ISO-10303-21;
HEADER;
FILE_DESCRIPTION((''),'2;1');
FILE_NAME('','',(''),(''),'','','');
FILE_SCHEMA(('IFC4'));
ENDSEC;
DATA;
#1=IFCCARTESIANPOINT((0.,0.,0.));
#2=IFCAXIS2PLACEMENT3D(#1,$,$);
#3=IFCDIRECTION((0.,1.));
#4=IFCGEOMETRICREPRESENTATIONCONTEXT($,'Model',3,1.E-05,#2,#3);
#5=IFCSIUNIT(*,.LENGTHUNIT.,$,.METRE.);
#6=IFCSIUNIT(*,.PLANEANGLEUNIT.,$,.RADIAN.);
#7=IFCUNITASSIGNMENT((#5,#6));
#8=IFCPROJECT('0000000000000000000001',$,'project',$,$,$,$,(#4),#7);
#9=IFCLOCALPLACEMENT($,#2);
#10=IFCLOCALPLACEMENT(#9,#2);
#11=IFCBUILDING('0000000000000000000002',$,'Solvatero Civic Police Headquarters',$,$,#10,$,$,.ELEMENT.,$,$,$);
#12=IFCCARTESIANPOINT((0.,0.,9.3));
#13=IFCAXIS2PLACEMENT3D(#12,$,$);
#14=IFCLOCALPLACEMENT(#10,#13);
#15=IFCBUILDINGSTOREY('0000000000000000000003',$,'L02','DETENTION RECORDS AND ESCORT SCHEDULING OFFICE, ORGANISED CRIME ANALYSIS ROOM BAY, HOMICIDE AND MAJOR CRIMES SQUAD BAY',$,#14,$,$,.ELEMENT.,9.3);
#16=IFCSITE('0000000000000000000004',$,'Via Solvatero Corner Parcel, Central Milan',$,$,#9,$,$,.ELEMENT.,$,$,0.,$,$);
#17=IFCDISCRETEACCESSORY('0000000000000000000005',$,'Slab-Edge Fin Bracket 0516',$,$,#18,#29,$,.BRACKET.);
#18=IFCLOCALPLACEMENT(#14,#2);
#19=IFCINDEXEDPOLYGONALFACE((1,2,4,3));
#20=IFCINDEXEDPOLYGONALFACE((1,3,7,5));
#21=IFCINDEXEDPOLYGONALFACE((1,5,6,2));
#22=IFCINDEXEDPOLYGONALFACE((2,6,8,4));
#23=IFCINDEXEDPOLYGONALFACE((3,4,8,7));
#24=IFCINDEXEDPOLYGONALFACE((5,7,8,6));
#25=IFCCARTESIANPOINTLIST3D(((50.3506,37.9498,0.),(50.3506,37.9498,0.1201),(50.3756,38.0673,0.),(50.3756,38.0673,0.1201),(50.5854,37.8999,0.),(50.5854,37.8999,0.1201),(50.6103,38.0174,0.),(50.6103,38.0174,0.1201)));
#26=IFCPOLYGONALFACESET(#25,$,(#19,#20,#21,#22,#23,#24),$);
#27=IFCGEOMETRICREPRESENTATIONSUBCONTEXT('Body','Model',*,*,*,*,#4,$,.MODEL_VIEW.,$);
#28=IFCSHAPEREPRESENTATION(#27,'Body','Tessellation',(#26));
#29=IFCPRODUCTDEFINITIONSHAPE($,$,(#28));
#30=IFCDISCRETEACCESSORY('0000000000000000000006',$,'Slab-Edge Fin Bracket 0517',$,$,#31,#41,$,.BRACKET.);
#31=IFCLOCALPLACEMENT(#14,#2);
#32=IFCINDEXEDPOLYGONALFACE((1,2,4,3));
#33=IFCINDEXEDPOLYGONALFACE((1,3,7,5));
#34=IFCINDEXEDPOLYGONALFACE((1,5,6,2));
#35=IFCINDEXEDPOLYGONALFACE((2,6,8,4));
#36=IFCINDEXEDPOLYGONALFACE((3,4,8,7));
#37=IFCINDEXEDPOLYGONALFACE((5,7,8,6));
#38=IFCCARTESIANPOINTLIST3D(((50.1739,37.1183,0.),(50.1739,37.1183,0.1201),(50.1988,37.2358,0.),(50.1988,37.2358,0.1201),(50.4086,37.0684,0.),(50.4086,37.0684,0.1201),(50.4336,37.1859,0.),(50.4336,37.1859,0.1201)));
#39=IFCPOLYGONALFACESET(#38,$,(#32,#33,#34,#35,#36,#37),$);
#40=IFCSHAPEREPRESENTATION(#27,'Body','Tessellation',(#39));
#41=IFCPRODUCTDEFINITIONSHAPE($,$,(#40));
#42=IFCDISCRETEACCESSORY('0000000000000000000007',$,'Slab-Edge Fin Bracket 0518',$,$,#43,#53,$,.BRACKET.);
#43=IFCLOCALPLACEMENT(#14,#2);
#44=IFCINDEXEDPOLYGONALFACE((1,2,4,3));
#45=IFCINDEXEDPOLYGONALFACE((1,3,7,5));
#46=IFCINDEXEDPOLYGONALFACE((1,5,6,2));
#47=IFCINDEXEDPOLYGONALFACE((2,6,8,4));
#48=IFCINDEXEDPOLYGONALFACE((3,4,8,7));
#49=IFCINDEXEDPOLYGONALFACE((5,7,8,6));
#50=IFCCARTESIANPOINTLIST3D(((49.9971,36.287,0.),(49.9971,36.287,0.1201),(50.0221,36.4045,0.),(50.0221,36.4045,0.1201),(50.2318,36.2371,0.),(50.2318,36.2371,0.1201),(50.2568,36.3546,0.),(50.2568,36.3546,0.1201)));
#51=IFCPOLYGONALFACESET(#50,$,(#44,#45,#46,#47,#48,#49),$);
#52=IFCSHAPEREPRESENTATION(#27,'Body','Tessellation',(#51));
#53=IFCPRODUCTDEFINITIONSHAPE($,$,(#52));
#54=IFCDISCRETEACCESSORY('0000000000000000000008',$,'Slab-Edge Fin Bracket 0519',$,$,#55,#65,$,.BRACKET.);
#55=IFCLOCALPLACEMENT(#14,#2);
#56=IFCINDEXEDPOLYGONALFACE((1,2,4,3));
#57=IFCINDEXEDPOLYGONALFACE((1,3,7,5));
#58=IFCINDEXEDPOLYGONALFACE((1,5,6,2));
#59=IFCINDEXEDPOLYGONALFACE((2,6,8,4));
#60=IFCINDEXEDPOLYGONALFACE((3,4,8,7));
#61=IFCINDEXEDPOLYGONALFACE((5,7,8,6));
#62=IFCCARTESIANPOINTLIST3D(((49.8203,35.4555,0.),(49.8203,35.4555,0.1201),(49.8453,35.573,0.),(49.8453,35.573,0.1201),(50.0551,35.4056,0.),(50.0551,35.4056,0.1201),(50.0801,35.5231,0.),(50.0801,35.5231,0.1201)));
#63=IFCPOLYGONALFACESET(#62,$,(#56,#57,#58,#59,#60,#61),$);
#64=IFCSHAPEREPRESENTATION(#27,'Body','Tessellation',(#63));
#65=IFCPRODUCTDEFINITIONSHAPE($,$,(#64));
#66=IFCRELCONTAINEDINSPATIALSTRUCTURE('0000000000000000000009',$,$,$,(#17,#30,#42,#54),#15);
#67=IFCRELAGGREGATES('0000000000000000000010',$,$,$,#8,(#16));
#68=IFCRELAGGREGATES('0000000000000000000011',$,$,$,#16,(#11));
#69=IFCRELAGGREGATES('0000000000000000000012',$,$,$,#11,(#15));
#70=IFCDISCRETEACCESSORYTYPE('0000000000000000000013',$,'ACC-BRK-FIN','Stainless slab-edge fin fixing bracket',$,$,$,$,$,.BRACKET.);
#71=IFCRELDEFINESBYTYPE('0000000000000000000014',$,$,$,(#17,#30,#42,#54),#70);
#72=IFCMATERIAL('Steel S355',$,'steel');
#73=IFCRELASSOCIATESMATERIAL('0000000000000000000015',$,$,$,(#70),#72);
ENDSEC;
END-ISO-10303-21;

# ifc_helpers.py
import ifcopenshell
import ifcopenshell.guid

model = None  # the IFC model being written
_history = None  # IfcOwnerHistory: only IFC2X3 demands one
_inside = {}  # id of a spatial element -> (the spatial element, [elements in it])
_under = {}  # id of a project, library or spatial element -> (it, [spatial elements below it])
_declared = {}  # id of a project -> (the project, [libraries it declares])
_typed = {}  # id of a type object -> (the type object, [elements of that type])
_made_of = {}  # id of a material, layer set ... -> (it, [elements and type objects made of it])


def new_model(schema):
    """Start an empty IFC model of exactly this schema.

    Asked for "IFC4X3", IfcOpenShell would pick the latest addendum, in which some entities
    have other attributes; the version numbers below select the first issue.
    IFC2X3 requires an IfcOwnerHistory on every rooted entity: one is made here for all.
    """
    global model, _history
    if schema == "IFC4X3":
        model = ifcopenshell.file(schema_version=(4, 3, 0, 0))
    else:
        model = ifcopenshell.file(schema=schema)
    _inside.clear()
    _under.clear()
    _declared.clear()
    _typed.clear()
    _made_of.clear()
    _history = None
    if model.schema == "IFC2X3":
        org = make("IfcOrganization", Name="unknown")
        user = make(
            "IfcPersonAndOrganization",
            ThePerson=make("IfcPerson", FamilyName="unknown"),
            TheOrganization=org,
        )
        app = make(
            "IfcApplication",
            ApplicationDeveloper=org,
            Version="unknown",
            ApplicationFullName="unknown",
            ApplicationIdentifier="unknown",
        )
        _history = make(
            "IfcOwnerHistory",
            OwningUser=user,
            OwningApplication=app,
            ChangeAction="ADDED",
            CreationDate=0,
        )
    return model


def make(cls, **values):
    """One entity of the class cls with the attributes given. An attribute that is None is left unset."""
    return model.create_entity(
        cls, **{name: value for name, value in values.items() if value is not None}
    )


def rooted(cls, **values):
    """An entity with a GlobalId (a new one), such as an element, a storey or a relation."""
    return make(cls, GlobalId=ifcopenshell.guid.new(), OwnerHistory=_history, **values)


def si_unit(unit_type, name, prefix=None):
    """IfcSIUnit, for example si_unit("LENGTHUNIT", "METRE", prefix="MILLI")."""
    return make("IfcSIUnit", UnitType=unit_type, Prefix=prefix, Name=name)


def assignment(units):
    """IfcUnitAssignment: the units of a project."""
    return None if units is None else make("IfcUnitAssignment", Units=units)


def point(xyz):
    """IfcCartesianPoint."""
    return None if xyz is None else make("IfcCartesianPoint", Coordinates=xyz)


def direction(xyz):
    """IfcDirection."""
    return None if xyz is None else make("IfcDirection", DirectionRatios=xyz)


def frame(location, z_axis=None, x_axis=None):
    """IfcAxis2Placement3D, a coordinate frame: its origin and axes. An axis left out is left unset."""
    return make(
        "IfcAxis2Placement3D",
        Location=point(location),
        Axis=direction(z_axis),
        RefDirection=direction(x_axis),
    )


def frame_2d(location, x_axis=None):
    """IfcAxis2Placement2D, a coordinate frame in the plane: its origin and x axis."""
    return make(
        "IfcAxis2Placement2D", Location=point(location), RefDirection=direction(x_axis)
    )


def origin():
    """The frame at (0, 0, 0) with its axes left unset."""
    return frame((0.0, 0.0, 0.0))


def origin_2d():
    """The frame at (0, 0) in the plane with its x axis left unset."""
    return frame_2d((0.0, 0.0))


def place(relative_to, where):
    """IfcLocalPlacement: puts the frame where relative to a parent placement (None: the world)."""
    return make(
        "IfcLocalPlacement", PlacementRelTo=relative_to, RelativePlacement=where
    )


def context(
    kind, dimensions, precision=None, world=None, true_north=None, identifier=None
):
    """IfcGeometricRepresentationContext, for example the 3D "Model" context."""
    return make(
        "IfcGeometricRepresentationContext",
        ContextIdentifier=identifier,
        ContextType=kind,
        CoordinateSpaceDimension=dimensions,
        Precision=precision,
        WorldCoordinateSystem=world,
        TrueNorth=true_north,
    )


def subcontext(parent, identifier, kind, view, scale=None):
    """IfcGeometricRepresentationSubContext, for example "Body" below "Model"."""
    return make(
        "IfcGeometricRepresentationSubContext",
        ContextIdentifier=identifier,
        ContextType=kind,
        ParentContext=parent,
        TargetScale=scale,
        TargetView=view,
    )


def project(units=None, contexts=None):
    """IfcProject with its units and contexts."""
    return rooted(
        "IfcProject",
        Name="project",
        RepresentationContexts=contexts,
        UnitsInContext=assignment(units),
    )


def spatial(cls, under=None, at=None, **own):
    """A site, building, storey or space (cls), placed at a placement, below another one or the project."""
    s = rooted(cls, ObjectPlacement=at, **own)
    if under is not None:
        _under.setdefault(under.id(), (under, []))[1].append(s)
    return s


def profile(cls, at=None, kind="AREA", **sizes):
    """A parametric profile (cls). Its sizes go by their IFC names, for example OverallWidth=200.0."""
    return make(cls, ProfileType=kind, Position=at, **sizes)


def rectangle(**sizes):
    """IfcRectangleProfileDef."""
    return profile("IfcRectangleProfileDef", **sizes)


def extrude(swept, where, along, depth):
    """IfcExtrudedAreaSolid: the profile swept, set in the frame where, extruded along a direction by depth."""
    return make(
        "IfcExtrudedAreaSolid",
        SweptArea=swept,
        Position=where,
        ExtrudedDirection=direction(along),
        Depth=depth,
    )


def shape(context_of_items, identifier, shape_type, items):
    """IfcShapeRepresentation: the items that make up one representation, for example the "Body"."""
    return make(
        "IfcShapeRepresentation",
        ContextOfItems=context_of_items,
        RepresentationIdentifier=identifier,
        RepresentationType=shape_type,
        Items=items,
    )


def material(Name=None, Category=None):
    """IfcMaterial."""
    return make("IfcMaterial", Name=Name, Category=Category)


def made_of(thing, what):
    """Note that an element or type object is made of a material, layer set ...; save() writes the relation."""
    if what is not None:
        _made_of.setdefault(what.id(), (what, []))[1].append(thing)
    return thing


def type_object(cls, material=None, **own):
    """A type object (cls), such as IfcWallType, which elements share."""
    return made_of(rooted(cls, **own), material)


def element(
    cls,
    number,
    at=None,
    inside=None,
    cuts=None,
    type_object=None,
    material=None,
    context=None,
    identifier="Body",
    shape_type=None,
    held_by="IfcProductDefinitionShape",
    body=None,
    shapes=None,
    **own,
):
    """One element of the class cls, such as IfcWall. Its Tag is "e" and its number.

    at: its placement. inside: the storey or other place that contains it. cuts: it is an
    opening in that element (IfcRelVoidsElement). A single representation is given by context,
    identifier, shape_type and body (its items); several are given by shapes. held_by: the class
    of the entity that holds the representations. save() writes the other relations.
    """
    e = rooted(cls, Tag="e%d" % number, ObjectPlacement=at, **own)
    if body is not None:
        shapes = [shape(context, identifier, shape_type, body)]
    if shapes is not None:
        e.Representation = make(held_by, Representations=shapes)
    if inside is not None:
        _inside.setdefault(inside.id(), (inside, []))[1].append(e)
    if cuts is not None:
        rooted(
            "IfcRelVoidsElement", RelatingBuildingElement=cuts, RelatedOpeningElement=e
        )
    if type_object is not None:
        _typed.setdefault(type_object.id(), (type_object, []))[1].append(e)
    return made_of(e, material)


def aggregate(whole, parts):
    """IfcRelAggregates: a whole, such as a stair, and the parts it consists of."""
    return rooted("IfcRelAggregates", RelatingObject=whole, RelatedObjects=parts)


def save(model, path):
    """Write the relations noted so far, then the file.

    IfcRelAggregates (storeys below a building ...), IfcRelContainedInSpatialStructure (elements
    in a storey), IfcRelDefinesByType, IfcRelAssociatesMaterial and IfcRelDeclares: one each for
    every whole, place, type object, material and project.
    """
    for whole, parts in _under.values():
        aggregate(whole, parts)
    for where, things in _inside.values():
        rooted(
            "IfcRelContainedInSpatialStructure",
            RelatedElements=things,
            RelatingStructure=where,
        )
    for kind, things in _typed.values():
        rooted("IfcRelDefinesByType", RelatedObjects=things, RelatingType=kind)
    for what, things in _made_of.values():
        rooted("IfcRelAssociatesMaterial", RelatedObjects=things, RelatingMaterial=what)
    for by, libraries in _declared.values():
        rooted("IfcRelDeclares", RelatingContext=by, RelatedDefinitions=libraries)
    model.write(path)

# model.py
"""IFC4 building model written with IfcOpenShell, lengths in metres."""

from ifc_helpers import new_model, si_unit, direction, frame, origin, origin_2d, place, context, subcontext, project, spatial, rectangle, extrude, material, type_object, element, save


model = new_model("IFC4")

# Units and contexts
model_context = context("Model", 3, precision=1e-05, world=origin(), true_north=direction((0.0, 1.0)))
body_context = subcontext(model_context, "Body", "Model", "MODEL_VIEW")
ifc_project = project(units=[si_unit("LENGTHUNIT", "METRE"), si_unit("PLANEANGLEUNIT", "RADIAN")], contexts=[model_context])

# Site, building, storey
site_placement = place(None, origin())
site = spatial("IfcSite", under=ifc_project, at=site_placement, Name="Via Solvatero Corner Parcel, Central Milan", CompositionType="ELEMENT", RefElevation=0.0)
building_placement = place(site_placement, origin())
building = spatial("IfcBuilding", under=site, at=building_placement, Name="Solvatero Civic Police Headquarters", CompositionType="ELEMENT")
storey_placement = place(building_placement, frame((0.0, 0.0, 9.3)))
storey = spatial("IfcBuildingStorey", under=building, at=storey_placement, Name="L02", Description="DETENTION RECORDS AND ESCORT SCHEDULING OFFICE, ORGANISED CRIME ANALYSIS ROOM BAY, HOMICIDE AND MAJOR CRIMES SQUAD BAY", CompositionType="ELEMENT", Elevation=9.3)

# Shared definitions
ifc_material_1 = material(Name="Steel S355", Category="steel")

# Discrete accessories
discrete_accessory_type = type_object("IfcDiscreteAccessoryType", Name="ACC-BRK-FIN", Description="Stainless slab-edge fin fixing bracket", PredefinedType="BRACKET", material=ifc_material_1)
for number, where, z_axis, x_axis, name in (
    (1, (50.4805, 37.9836, 0.0), (0.0, 0.0, 1.0), (-0.207912, -0.978148, 0.0), "Slab-Edge Fin Bracket 0516"),
    (2, (50.3037, 37.1521, 0.0), (0.0, 0.0, 1.0), (-0.207912, -0.978148, 0.0), "Slab-Edge Fin Bracket 0517"),
    (3, (50.127, 36.3208, 0.0), (0.0, 0.0, 1.0), (-0.207912, -0.978148, 0.0), "Slab-Edge Fin Bracket 0518"),
    (4, (49.9502, 35.4893, 0.0), (0.0, 0.0, 1.0), (-0.207912, -0.978148, 0.0), "Slab-Edge Fin Bracket 0519"),
):
    element("IfcDiscreteAccessory", number, at=place(storey_placement, frame(where, z_axis=z_axis, x_axis=x_axis)), inside=storey, type_object=discrete_accessory_type, Name=name, PredefinedType="BRACKET", context=body_context, shape_type="SweptSolid", body=[
        extrude(rectangle(XDim=0.1201, YDim=0.24, at=origin_2d()), origin(), (0.0, 0.0, 1.0), 0.1201),
    ])

save(model, "model.ifc")
